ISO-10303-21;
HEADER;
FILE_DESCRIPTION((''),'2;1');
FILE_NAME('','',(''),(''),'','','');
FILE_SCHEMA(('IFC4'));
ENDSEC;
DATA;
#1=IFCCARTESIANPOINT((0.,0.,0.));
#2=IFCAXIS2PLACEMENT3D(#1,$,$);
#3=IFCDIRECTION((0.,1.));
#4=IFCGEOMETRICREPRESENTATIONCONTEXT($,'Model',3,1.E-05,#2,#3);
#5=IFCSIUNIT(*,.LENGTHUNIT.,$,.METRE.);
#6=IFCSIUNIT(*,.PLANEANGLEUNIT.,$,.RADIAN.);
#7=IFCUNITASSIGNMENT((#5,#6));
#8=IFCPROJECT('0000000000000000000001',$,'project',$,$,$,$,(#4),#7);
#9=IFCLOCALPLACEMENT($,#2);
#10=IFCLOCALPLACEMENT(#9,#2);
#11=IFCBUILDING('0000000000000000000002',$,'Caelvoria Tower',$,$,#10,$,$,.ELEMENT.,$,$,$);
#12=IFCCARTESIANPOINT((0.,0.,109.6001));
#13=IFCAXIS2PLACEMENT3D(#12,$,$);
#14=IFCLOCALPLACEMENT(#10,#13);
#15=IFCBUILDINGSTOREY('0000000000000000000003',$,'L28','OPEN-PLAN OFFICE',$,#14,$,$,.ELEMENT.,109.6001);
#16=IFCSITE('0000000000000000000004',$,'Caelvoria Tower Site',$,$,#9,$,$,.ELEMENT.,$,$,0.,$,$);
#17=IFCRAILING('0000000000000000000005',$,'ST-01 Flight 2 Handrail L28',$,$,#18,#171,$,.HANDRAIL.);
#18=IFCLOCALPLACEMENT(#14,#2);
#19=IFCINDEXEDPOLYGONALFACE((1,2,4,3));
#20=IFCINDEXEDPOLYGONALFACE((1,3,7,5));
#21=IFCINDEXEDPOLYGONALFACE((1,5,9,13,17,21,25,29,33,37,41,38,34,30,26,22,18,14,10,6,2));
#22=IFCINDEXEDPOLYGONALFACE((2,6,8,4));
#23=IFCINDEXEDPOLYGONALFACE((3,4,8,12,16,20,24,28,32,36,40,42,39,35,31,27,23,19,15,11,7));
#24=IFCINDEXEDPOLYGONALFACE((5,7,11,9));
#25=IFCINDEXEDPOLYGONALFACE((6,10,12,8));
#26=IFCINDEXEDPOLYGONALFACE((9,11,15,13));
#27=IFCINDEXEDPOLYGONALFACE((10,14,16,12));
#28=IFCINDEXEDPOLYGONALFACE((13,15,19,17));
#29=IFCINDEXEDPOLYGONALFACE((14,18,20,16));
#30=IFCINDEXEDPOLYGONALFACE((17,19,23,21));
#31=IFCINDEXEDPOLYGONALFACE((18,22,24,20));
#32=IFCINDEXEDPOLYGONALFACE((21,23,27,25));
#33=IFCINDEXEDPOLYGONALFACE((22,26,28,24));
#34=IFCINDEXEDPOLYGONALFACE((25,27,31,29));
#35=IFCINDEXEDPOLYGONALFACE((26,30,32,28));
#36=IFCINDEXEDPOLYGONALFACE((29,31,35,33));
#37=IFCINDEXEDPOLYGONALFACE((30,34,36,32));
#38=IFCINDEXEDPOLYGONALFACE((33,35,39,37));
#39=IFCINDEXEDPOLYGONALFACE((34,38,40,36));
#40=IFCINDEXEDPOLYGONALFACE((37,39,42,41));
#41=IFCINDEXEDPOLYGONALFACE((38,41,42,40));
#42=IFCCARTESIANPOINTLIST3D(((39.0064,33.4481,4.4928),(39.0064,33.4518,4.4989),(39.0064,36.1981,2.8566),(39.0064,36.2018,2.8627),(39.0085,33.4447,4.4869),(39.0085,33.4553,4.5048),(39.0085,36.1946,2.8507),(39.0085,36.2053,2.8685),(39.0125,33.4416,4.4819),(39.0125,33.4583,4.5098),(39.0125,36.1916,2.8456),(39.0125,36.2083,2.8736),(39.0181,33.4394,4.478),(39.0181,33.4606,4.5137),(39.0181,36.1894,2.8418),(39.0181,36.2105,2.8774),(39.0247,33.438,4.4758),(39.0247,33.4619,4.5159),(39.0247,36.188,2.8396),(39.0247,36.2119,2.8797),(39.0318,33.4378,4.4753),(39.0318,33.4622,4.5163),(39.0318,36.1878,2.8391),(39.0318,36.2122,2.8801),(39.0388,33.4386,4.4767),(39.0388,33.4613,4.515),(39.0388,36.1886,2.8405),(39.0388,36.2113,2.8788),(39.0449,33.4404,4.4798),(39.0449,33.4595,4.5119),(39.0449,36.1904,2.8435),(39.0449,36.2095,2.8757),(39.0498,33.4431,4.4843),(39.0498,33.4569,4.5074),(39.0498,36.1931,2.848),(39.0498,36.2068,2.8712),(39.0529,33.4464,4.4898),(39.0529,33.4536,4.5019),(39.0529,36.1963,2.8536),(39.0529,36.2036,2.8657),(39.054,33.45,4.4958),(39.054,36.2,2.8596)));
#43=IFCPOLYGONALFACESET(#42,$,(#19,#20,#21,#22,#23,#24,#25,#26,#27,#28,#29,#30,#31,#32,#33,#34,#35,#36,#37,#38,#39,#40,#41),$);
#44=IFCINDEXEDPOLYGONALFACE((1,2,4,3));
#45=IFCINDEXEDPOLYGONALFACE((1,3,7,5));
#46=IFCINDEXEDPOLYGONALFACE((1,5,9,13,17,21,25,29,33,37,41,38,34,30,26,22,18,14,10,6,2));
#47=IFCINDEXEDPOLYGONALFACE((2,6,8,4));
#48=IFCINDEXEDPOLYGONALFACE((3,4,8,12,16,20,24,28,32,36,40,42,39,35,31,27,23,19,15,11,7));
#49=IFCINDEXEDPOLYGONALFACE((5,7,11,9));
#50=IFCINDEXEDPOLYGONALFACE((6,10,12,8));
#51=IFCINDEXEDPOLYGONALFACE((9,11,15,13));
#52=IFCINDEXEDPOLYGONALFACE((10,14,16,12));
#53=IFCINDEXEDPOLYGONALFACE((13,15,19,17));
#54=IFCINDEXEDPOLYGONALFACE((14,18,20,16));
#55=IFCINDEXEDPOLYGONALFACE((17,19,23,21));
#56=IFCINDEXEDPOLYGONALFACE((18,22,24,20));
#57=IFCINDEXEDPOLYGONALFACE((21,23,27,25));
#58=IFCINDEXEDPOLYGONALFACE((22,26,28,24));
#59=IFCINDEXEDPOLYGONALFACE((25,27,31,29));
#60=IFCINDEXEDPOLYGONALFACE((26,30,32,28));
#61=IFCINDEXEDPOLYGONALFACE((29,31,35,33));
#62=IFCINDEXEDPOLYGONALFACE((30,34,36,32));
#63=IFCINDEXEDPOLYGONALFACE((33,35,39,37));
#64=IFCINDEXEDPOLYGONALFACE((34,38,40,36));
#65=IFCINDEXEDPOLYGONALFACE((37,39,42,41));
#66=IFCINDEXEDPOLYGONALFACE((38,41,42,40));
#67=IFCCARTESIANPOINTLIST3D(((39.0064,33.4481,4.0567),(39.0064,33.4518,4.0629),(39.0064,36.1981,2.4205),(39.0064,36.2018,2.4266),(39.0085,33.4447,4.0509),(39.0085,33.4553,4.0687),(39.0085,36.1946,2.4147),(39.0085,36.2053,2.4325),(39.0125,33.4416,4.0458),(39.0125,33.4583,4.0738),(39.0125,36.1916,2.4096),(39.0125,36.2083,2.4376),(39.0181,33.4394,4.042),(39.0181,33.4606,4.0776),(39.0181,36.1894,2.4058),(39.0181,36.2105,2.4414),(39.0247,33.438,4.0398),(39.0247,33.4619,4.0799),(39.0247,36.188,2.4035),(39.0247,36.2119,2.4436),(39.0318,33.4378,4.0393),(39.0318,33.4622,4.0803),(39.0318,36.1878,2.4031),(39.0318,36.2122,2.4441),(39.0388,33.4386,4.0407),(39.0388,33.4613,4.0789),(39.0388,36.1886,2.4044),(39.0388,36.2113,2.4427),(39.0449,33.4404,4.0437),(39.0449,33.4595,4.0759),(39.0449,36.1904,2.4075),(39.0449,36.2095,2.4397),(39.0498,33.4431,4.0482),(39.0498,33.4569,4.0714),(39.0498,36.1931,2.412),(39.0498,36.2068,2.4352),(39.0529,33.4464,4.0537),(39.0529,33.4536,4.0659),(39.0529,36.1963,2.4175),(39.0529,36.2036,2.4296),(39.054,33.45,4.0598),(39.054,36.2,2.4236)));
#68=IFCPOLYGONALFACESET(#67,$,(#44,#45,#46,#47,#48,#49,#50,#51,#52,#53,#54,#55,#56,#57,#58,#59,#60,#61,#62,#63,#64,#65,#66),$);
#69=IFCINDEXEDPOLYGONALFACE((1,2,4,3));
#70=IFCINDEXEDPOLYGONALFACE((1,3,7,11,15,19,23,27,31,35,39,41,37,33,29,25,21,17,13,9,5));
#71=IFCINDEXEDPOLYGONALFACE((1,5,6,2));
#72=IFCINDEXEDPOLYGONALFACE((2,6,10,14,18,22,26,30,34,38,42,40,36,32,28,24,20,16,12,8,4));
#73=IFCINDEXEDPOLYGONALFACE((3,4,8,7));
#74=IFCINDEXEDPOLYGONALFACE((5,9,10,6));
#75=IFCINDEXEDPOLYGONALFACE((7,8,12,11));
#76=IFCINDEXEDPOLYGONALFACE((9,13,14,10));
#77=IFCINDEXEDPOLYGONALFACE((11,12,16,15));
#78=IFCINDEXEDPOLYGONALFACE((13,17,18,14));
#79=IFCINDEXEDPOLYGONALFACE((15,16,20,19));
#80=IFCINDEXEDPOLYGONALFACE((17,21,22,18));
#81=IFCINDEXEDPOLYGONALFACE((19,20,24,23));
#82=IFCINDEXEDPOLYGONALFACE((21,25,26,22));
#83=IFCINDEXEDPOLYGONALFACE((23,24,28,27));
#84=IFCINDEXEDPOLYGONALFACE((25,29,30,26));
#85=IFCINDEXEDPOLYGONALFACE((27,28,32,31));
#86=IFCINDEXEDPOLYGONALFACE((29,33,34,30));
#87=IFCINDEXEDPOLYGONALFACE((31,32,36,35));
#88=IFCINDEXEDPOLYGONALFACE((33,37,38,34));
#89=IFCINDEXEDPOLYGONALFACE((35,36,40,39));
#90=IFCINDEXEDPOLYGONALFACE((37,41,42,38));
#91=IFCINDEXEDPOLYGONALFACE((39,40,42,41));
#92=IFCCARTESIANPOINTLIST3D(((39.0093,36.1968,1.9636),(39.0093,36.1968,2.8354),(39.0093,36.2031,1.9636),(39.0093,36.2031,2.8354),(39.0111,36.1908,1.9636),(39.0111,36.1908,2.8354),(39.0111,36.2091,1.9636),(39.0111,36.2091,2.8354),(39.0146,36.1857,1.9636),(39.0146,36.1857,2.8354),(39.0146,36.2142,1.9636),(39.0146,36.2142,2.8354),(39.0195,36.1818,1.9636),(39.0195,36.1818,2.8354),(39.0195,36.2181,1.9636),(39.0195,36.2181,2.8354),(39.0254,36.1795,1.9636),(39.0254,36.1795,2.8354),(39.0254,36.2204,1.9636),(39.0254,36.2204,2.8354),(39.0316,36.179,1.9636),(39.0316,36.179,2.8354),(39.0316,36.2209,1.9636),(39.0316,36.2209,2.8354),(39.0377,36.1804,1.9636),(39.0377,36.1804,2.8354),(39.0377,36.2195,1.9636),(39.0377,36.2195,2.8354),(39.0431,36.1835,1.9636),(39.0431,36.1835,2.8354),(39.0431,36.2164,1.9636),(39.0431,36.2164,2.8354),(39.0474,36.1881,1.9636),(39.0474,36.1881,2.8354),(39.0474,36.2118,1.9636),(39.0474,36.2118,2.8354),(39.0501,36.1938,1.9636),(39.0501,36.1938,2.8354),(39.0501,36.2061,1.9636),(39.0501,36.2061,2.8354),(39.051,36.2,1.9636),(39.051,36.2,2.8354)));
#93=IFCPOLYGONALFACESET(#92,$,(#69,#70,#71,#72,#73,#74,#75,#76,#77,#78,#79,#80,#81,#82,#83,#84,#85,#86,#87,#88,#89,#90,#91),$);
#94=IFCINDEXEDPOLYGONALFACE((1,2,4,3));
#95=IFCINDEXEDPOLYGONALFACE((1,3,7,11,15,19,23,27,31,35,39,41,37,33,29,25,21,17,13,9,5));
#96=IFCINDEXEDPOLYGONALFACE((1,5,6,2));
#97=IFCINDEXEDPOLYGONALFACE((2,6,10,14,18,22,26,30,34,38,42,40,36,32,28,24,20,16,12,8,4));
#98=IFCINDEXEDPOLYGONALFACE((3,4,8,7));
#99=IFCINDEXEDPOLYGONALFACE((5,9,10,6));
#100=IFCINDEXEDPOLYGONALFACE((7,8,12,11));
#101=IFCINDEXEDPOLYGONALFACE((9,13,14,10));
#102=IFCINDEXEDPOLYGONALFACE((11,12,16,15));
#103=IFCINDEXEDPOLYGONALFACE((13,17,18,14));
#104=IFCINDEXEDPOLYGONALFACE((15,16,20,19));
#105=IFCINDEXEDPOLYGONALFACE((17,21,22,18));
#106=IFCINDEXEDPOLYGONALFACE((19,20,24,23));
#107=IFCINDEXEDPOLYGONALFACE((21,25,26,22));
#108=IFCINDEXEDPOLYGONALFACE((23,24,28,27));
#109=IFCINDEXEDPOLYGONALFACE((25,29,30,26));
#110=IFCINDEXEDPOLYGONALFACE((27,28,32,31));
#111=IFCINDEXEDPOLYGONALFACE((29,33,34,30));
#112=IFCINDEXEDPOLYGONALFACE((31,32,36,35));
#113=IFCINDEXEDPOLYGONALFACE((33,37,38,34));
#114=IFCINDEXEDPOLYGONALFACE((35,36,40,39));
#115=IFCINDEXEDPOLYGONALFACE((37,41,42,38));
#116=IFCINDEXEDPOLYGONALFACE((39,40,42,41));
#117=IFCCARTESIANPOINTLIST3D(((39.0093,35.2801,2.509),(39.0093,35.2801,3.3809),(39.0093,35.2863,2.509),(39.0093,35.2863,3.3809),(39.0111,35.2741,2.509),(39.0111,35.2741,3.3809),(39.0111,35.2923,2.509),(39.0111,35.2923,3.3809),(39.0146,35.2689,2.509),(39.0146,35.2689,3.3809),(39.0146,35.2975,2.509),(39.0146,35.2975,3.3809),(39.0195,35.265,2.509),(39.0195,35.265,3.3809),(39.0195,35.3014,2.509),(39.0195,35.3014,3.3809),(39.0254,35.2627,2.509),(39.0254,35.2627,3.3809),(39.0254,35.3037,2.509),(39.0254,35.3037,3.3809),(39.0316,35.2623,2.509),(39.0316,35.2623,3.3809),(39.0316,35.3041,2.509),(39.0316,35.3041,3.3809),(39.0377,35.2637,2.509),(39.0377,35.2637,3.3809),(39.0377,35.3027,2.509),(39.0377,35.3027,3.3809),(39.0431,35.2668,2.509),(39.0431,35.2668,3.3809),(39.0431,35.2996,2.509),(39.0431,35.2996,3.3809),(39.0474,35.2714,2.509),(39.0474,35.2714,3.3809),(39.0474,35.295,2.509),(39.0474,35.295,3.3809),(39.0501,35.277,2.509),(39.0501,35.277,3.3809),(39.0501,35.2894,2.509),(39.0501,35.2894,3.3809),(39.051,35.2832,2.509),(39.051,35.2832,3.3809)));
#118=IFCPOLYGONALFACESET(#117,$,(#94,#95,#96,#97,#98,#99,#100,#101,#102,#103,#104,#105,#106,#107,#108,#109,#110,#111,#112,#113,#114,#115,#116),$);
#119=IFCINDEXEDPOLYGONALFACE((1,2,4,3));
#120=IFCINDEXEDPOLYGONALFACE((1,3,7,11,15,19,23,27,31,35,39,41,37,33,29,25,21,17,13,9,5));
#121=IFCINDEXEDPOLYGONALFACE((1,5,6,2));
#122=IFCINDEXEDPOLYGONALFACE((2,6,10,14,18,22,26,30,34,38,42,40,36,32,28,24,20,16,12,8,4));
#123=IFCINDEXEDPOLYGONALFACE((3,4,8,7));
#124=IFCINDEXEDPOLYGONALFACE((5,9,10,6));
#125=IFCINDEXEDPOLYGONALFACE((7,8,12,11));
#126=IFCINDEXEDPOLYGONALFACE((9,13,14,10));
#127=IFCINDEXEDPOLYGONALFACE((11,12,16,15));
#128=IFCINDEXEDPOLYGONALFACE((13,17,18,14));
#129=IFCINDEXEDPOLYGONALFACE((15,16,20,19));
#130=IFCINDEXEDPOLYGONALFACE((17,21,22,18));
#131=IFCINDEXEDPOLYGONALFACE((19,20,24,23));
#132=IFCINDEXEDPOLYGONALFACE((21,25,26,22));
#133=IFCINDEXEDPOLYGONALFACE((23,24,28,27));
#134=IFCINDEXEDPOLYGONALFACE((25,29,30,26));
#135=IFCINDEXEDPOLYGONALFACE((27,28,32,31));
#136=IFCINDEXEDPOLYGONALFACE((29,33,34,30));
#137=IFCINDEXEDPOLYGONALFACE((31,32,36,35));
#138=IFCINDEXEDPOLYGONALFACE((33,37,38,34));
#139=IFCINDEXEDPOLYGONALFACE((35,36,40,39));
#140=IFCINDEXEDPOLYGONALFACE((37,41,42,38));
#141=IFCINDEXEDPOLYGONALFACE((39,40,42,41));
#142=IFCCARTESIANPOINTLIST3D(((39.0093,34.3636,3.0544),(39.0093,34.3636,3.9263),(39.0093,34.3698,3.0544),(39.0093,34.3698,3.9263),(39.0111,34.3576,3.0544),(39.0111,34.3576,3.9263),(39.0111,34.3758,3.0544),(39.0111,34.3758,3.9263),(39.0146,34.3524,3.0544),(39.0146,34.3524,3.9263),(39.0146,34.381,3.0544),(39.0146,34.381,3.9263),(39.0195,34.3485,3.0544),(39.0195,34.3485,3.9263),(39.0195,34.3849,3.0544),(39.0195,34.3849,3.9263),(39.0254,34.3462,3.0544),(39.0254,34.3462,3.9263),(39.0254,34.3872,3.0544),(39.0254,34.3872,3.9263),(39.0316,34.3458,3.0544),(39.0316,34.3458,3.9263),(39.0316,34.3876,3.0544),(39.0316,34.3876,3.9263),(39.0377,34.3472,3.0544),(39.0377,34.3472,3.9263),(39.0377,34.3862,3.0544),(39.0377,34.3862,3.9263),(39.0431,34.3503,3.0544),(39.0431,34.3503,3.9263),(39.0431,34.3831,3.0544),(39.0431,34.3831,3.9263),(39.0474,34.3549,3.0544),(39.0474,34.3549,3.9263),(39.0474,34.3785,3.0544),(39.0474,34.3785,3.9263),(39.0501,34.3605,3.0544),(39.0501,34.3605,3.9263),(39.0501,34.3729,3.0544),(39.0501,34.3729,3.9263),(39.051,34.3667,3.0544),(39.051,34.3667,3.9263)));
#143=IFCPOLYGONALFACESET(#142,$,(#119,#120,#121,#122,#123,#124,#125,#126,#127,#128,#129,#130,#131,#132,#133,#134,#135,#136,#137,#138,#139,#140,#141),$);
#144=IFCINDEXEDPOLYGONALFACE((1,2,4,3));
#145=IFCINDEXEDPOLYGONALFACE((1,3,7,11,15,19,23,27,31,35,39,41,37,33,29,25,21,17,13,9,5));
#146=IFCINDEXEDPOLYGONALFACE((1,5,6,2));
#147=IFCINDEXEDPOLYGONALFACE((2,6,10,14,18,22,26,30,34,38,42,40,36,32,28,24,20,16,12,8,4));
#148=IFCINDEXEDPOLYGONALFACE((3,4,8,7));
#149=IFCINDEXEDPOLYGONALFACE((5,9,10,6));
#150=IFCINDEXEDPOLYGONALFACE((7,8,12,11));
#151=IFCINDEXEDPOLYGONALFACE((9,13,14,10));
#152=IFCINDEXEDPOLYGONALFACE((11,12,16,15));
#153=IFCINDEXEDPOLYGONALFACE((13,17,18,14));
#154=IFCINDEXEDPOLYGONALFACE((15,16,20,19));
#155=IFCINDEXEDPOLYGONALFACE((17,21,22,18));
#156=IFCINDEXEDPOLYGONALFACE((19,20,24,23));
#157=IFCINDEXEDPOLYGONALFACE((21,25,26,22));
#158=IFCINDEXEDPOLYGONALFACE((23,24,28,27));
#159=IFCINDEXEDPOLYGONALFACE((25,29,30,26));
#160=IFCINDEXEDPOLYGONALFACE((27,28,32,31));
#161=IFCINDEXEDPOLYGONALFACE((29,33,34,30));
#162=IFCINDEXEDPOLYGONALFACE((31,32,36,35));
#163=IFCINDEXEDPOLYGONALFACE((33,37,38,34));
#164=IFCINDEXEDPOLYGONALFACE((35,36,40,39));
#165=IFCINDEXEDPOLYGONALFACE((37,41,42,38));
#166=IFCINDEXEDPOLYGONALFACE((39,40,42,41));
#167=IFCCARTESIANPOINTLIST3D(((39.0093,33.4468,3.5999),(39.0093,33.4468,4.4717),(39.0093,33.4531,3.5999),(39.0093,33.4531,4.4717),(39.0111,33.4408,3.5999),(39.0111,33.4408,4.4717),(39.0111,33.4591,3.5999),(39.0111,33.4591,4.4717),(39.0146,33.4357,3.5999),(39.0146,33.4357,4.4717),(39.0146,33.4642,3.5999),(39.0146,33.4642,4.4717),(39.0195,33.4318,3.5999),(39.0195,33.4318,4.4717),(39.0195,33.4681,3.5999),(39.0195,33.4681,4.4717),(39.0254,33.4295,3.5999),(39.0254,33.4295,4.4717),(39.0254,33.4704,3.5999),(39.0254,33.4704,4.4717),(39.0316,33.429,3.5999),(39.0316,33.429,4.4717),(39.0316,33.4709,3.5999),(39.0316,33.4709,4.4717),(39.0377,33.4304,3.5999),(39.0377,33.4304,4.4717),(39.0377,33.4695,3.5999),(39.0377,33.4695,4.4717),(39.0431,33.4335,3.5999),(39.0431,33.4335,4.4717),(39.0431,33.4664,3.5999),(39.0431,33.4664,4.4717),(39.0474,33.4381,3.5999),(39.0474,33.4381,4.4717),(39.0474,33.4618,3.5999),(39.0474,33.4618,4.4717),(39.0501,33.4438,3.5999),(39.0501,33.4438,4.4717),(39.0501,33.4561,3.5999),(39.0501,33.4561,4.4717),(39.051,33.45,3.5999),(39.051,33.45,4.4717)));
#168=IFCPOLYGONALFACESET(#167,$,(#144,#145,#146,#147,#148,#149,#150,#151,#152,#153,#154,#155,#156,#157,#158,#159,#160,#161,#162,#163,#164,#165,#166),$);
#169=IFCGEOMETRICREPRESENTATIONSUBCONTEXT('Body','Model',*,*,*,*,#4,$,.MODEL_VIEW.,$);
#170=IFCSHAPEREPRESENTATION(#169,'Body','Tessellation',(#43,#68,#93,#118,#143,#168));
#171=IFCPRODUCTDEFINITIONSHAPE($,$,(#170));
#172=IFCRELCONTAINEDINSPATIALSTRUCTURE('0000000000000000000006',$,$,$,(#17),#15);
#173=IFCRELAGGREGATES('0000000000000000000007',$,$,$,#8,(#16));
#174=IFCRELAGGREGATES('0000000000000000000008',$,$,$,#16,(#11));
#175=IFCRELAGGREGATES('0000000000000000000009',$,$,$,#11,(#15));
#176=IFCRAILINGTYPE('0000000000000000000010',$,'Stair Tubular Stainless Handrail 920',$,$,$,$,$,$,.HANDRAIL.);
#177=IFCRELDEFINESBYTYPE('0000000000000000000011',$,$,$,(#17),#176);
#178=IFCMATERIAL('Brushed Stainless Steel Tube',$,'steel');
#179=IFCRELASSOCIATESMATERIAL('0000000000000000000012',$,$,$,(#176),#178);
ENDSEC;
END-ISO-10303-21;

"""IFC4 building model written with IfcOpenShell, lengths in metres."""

from ifc_helpers import new_model, si_unit, direction, frame, origin, origin_2d, place, context, subcontext, project, spatial, circle, extrude, material, type_object, element, save


model = new_model("IFC4")

# Units and contexts
model_context = context("Model", 3, precision=1e-05, world=origin(), true_north=direction((0.0, 1.0)))
body_context = subcontext(model_context, "Body", "Model", "MODEL_VIEW")
ifc_project = project(units=[si_unit("LENGTHUNIT", "METRE"), si_unit("PLANEANGLEUNIT", "RADIAN")], contexts=[model_context])

# Site, building, storey
site_placement = place(None, origin())
site = spatial("IfcSite", under=ifc_project, at=site_placement, Name="Caelvoria Tower Site", CompositionType="ELEMENT", RefElevation=0.0)
building_placement = place(site_placement, origin())
building = spatial("IfcBuilding", under=site, at=building_placement, Name="Caelvoria Tower", CompositionType="ELEMENT")
storey_placement = place(building_placement, frame((0.0, 0.0, 109.6001)))
storey = spatial("IfcBuildingStorey", under=building, at=storey_placement, Name="L28", Description="OPEN-PLAN OFFICE", CompositionType="ELEMENT", Elevation=109.6001)

# Railing
ifc_material_1 = material(Name="Brushed Stainless Steel Tube", Category="steel")
railing_type_1 = type_object("IfcRailingType", Name="Stair Tubular Stainless Handrail 920", PredefinedType="HANDRAIL", material=ifc_material_1)
railing_1_placement = place(storey_placement, frame((39.03, 36.2, 1.9636)))
element("IfcRailing", 1, at=railing_1_placement, inside=storey, type_object=railing_type_1, Name="ST-01 Flight 2 Handrail L28", PredefinedType="HANDRAIL", context=body_context, shape_type="SweptSolid", body=[
    extrude(circle(Radius=0.0239, at=origin_2d()), frame((0.0, 0.0, 0.896), z_axis=(0.0, -0.859385, 0.511328), x_axis=(1.0, 0.0, 0.0)), (0.0, 0.0, 1.0), 3.2),
    extrude(circle(Radius=0.0239, at=origin_2d()), frame((0.0, 0.0, 0.46), z_axis=(0.0, -0.859385, 0.511328), x_axis=(1.0, 0.0, 0.0)), (0.0, 0.0, 1.0), 3.2),
    extrude(circle(Radius=0.021, at=origin_2d()), origin(), (0.0, 0.0, 1.0), 0.8718),
    extrude(circle(Radius=0.021, at=origin_2d()), frame((0.0, -0.9167, 0.5454)), (0.0, 0.0, 1.0), 0.8718),
    extrude(circle(Radius=0.021, at=origin_2d()), frame((0.0, -1.8333, 1.0908)), (0.0, 0.0, 1.0), 0.8718),
    extrude(circle(Radius=0.021, at=origin_2d()), frame((0.0, -2.75, 1.6362)), (0.0, 0.0, 1.0), 0.8718),
])

save(model, "model.ifc")
